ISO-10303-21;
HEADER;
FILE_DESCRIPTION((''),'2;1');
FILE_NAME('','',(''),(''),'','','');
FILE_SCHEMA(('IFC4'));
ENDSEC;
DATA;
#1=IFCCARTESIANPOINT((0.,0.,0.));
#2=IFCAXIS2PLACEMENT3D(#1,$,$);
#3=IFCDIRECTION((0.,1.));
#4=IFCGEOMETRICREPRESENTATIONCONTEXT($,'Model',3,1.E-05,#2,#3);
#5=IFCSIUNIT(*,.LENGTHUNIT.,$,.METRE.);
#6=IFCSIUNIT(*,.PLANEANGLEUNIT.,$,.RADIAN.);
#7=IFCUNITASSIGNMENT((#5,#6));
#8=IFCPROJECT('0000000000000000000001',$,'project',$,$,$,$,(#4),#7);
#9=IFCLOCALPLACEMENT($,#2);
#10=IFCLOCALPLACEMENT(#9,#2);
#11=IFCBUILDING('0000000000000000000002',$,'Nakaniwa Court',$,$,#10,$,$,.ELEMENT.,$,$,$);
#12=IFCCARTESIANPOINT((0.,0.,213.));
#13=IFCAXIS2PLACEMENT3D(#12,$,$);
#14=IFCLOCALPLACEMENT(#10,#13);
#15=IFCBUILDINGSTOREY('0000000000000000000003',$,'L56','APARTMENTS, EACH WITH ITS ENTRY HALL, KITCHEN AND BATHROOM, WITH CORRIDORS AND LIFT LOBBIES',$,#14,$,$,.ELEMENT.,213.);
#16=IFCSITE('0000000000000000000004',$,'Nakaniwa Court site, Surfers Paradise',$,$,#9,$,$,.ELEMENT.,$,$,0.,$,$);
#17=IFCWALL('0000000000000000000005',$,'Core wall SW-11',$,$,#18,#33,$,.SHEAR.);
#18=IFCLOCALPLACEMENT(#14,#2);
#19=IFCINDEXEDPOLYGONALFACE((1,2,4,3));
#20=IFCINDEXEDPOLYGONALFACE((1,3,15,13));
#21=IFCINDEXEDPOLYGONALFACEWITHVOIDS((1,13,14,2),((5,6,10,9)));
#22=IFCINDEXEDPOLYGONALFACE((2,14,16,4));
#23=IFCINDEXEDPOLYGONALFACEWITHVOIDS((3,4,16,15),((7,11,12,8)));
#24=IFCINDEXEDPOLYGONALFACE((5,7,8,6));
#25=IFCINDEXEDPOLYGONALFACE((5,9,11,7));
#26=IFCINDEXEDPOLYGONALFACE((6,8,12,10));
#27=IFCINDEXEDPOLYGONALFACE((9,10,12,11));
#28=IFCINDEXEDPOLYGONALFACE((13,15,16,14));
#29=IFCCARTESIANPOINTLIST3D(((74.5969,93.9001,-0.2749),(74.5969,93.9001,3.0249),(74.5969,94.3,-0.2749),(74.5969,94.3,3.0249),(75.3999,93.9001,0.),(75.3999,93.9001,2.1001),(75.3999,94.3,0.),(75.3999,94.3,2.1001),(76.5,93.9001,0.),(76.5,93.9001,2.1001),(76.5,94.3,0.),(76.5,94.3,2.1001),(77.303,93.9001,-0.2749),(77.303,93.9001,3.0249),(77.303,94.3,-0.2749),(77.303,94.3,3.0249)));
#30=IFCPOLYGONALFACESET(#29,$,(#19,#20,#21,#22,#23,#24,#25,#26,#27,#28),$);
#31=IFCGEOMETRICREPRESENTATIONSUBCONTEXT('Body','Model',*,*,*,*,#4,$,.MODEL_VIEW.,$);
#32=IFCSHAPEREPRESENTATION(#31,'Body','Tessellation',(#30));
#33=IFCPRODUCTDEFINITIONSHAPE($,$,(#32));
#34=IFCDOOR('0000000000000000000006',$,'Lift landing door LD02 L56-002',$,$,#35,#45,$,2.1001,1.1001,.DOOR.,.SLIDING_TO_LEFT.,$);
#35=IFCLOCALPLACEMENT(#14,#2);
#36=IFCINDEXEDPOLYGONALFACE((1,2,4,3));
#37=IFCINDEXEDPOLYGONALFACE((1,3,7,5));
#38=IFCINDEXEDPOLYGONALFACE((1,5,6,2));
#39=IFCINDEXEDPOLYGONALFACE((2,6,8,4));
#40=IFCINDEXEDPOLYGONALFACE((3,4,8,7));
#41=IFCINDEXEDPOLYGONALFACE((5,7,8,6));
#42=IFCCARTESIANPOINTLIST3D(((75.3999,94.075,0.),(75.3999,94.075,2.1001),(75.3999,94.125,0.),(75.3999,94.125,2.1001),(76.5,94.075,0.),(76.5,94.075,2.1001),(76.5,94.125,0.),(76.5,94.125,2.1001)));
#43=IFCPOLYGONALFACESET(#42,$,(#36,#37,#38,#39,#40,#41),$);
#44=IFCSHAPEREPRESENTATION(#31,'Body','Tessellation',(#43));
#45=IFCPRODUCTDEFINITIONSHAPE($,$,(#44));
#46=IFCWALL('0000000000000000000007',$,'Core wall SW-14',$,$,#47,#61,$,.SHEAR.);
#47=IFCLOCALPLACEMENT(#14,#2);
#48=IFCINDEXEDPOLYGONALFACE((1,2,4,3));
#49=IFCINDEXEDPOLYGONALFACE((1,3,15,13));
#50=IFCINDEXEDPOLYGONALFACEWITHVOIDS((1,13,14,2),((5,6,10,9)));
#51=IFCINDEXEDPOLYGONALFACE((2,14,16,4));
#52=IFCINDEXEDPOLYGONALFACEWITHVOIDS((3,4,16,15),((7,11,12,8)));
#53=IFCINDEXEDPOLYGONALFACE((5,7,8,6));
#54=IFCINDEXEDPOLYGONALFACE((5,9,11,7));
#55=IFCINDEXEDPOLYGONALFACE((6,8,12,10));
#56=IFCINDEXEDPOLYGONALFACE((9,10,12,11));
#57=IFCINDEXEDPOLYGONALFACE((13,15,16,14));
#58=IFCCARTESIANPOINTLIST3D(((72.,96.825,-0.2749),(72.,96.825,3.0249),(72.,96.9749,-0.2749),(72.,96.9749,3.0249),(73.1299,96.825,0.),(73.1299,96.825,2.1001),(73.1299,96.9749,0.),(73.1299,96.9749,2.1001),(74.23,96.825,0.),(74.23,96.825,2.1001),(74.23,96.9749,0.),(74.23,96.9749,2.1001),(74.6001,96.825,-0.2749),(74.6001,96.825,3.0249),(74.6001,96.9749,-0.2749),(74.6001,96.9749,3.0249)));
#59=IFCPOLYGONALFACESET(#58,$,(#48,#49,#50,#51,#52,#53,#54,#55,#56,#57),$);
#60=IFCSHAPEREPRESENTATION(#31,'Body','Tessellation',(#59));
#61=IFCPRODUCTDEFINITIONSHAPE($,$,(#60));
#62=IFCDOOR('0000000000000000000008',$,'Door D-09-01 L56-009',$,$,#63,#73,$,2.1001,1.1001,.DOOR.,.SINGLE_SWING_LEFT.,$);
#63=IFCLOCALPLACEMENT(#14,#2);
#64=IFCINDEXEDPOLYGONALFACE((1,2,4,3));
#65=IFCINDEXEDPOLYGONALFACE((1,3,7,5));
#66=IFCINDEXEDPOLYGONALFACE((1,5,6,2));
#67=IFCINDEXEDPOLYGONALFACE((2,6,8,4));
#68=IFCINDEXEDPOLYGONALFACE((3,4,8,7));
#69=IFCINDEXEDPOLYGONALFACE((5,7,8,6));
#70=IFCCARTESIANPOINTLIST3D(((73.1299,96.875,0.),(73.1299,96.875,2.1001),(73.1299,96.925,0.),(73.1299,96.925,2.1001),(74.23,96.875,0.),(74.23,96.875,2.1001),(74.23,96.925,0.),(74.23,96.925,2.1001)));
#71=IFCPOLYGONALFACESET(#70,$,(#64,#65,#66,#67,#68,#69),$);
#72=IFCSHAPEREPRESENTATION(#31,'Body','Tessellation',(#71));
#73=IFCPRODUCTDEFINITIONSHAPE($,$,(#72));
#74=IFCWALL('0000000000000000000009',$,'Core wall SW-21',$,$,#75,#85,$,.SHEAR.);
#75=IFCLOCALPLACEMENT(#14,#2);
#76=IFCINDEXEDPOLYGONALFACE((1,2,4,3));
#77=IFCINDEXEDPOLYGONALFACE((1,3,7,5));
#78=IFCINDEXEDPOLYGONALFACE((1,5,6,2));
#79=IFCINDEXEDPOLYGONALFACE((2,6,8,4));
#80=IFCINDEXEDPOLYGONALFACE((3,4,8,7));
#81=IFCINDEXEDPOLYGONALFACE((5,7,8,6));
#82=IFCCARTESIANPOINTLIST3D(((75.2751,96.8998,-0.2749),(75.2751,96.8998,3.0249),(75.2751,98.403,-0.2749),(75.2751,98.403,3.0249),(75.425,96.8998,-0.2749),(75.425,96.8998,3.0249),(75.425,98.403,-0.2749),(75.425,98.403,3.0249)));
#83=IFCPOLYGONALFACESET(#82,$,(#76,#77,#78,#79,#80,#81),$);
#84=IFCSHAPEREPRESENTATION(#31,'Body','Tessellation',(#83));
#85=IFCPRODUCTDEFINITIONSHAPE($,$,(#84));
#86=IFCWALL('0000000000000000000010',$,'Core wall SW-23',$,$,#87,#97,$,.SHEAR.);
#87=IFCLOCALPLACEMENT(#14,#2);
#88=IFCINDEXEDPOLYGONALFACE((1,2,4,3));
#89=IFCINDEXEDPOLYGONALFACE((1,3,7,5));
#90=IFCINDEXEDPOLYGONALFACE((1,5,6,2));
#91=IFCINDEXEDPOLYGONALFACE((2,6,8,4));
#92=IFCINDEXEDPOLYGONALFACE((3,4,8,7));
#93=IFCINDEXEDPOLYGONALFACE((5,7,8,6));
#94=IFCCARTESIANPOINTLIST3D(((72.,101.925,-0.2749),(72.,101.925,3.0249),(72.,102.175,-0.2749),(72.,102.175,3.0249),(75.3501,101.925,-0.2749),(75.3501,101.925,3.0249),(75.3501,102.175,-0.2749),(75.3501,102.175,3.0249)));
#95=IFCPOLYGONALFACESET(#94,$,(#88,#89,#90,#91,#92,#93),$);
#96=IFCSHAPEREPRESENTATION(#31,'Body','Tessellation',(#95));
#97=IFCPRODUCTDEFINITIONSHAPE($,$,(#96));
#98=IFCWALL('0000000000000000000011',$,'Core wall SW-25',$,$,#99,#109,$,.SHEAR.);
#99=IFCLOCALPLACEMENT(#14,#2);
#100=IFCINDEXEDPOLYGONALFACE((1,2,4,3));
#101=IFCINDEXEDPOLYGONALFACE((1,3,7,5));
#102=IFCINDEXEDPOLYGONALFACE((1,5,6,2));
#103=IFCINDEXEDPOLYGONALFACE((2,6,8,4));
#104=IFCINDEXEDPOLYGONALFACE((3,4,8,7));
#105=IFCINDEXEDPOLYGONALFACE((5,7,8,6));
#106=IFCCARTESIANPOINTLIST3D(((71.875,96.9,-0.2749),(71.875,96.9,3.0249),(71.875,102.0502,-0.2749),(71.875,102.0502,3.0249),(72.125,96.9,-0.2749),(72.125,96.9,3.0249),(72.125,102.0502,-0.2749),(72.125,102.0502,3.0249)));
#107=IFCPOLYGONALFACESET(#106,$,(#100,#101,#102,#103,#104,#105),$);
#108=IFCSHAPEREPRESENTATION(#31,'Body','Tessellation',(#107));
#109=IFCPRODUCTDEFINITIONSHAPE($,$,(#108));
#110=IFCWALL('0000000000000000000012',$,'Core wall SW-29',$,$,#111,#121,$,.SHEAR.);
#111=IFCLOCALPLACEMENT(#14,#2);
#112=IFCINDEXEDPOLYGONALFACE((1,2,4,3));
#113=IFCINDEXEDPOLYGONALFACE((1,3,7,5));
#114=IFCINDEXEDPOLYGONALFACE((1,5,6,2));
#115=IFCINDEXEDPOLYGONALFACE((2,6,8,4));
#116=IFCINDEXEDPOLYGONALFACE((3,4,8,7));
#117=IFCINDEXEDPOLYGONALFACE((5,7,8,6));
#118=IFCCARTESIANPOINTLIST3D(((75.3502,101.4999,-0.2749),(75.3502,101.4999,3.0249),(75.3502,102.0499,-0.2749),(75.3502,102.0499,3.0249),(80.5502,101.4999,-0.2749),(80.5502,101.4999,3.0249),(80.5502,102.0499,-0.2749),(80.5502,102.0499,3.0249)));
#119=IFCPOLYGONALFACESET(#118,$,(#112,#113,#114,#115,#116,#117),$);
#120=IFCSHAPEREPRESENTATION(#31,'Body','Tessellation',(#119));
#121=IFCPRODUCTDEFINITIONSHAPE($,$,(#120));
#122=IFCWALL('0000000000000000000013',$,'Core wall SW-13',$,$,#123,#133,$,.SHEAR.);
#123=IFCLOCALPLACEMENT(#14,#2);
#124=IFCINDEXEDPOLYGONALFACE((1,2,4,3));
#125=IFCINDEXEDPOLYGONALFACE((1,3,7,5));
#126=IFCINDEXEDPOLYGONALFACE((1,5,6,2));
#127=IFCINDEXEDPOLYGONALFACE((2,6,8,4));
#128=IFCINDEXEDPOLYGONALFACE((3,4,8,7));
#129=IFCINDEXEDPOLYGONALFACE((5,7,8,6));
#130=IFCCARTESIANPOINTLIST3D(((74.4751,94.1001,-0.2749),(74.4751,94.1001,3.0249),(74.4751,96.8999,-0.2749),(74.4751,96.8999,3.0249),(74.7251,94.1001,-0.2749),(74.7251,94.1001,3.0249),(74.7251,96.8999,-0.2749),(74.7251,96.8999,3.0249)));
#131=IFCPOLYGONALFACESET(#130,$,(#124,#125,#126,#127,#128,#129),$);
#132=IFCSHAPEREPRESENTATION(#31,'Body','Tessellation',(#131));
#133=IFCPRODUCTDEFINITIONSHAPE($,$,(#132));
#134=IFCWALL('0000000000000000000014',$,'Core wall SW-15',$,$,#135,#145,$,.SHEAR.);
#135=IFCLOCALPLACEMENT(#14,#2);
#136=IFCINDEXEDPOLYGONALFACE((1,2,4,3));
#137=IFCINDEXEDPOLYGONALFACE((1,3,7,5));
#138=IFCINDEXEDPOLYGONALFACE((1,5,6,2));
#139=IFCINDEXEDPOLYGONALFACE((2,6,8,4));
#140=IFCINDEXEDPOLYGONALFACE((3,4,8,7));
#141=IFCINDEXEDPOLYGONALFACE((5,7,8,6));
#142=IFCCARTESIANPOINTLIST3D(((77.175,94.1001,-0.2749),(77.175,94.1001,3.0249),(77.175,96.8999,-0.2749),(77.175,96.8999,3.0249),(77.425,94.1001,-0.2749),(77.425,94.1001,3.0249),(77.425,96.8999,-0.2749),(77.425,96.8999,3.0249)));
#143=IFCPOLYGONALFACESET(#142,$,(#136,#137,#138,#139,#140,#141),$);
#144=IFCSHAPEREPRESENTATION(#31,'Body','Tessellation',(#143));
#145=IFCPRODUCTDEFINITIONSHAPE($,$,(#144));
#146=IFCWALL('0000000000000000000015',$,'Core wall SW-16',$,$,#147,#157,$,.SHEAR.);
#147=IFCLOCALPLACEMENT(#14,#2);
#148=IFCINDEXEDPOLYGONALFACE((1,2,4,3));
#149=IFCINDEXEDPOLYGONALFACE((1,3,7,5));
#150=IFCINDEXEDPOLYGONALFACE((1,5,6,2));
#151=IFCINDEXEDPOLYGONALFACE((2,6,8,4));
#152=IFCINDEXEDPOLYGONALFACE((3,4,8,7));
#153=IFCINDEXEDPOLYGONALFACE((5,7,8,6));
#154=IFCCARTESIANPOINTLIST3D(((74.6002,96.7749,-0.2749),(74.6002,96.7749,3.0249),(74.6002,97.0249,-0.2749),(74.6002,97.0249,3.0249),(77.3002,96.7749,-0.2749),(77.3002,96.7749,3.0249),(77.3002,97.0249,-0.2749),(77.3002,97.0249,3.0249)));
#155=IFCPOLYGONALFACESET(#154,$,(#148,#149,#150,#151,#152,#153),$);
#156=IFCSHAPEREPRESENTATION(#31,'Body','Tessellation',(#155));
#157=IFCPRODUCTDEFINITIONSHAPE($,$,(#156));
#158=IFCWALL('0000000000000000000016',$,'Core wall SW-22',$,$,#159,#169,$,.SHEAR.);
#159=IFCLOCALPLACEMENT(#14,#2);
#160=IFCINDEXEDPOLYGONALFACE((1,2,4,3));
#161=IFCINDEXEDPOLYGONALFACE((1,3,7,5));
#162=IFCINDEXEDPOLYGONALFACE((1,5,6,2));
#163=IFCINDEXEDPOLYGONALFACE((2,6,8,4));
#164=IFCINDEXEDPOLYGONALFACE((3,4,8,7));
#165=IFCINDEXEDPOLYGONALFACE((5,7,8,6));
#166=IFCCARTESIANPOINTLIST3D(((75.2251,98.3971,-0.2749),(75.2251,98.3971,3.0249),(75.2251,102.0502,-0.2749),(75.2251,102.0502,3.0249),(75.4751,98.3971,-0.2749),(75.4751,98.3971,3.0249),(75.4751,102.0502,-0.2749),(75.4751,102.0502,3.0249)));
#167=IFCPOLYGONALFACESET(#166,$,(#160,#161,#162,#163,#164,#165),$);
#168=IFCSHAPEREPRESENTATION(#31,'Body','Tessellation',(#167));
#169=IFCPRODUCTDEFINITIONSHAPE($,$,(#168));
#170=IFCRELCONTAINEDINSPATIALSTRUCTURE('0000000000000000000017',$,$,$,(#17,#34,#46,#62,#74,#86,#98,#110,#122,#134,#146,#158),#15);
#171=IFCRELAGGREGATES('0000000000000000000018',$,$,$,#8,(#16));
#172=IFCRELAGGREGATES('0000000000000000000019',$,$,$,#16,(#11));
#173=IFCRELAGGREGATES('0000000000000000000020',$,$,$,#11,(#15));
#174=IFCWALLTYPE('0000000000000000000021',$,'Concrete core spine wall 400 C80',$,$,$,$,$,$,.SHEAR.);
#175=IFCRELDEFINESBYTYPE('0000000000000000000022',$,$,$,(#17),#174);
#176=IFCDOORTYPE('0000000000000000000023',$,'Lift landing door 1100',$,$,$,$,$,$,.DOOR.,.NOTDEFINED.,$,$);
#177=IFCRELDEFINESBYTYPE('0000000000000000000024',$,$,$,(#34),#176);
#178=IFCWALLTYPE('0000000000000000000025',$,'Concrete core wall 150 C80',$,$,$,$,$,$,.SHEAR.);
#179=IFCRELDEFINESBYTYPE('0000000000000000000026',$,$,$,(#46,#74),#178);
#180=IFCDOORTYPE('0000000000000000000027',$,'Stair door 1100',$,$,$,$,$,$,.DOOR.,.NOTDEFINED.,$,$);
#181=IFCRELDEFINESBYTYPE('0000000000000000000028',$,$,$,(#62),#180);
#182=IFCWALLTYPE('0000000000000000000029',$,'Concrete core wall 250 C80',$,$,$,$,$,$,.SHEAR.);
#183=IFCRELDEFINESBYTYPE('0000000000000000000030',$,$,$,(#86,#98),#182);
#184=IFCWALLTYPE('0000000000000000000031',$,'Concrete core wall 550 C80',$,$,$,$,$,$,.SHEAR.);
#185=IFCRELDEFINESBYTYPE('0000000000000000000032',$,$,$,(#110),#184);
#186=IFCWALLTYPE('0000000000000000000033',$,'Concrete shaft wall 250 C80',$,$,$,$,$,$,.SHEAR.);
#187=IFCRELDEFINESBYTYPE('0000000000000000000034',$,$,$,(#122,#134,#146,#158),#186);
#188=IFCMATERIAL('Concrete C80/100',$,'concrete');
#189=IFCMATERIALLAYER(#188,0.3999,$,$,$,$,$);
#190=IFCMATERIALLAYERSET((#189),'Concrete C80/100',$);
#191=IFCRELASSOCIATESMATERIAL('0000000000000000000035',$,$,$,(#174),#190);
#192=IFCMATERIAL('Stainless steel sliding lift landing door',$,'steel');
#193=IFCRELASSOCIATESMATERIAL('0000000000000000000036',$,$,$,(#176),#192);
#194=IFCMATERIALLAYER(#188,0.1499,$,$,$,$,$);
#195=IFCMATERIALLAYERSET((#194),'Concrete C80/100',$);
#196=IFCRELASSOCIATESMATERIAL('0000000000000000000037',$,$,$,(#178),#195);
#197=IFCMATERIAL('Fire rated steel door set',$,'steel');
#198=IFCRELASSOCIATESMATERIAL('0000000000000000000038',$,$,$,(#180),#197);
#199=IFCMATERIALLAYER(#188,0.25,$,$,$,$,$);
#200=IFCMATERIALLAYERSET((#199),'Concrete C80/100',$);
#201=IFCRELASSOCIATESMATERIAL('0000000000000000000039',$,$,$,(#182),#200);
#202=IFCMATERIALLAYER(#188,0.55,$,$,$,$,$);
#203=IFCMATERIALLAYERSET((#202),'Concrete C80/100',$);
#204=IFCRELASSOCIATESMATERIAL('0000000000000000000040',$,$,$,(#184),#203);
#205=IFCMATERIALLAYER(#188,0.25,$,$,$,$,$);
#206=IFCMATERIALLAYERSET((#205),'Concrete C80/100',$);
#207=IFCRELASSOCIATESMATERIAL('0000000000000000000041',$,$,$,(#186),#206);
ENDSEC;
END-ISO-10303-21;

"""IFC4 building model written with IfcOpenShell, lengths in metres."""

from ifc_helpers import new_model, si_unit, direction, frame, frame_2d, origin, place, context, subcontext, project, spatial, rectangle, extrude, material, layer, layer_set, type_object, element, fill, save


model = new_model("IFC4")

# Units and contexts
model_context = context("Model", 3, precision=1e-05, world=origin(), true_north=direction((0.0, 1.0)))
body_context = subcontext(model_context, "Body", "Model", "MODEL_VIEW")
ifc_project = project(units=[si_unit("LENGTHUNIT", "METRE"), si_unit("PLANEANGLEUNIT", "RADIAN")], contexts=[model_context])

# Site, building, storey
site_placement = place(None, origin())
site = spatial("IfcSite", under=ifc_project, at=site_placement, Name="Nakaniwa Court site, Surfers Paradise", CompositionType="ELEMENT", RefElevation=0.0)
building_placement = place(site_placement, origin())
building = spatial("IfcBuilding", under=site, at=building_placement, Name="Nakaniwa Court", CompositionType="ELEMENT")
storey_placement = place(building_placement, frame((0.0, 0.0, 213.0)))
storey = spatial("IfcBuildingStorey", under=building, at=storey_placement, Name="L56", Description="APARTMENTS, EACH WITH ITS ENTRY HALL, KITCHEN AND BATHROOM, WITH CORRIDORS AND LIFT LOBBIES", CompositionType="ELEMENT", Elevation=213.0)

# Shared definitions
ifc_material_1 = material(Name="Fire rated steel door set", Category="steel")

# Walls, openings, doors
ifc_material_2 = material(Name="Concrete C80/100", Category="concrete")
ifc_layer_1 = layer(ifc_material_2, 0.3999)
ifc_layer_set_1 = layer_set([ifc_layer_1], Name="Concrete C80/100")
wall_type_1 = type_object("IfcWallType", Name="Concrete core spine wall 400 C80", PredefinedType="SHEAR", material=ifc_layer_set_1)
wall_1_placement = place(storey_placement, frame((74.5969, 94.1001, -0.2749), z_axis=(0.0, 0.0, 1.0), x_axis=(1.0, 0.0, 0.0)))
wall_1 = element("IfcWall", 1, at=wall_1_placement, inside=storey, type_object=wall_type_1, Name="Core wall SW-11", PredefinedType="SHEAR", context=body_context, shape_type="SweptSolid", body=[
    extrude(rectangle(XDim=2.7061, YDim=0.3999, at=frame_2d((1.353, 0.0))), origin(), (0.0, 0.0, 1.0), 3.2998),
])
opening_1_placement = place(wall_1_placement, frame((0.803, 0.0, 0.2749)))
opening_1 = element("IfcOpeningElement", 2, at=opening_1_placement, cuts=wall_1, PredefinedType="OPENING", context=body_context, shape_type="SweptSolid", body=[
    extrude(rectangle(XDim=1.1001, YDim=2.1001, at=frame_2d((0.55, 1.05))), frame((0.0, 0.21, 0.0), z_axis=(0.0, -1.0, 0.0), x_axis=(1.0, 0.0, 0.0)), (0.0, 0.0, 1.0), 0.4199),
])
ifc_material_3 = material(Name="Stainless steel sliding lift landing door", Category="steel")
door_type_1 = type_object("IfcDoorType", Name="Lift landing door 1100", OperationType="NOTDEFINED", PredefinedType="DOOR", material=ifc_material_3)
door_1_placement = place(opening_1_placement, origin())
door_1 = element("IfcDoor", 3, at=door_1_placement, inside=storey, type_object=door_type_1, Name="Lift landing door LD02 L56-002", OperationType="SLIDING_TO_LEFT", OverallHeight=2.1001, OverallWidth=1.1001, PredefinedType="DOOR", context=body_context, shape_type="SweptSolid", body=[
    extrude(rectangle(XDim=1.1001, YDim=2.1001, at=frame_2d((0.55, 1.05))), frame((0.0, 0.0249, 0.0), z_axis=(0.0, -1.0, 0.0), x_axis=(1.0, 0.0, 0.0)), (0.0, 0.0, 1.0), 0.05),
])
fill(opening_1, door_1)
ifc_layer_2 = layer(ifc_material_2, 0.1499)
ifc_layer_set_2 = layer_set([ifc_layer_2], Name="Concrete C80/100")
wall_type_2 = type_object("IfcWallType", Name="Concrete core wall 150 C80", PredefinedType="SHEAR", material=ifc_layer_set_2)
wall_2_placement = place(storey_placement, frame((74.6001, 96.8999, -0.2749), z_axis=(0.0, 0.0, 1.0), x_axis=(-1.0, 0.0, 0.0)))
wall_2 = element("IfcWall", 4, at=wall_2_placement, inside=storey, type_object=wall_type_2, Name="Core wall SW-14", PredefinedType="SHEAR", context=body_context, shape_type="SweptSolid", body=[
    extrude(rectangle(XDim=2.6001, YDim=0.1499, at=frame_2d((1.3, 0.0))), origin(), (0.0, 0.0, 1.0), 3.2998),
])
opening_2_placement = place(wall_2_placement, frame((0.3701, 0.0, 0.2749)))
opening_2 = element("IfcOpeningElement", 5, at=opening_2_placement, cuts=wall_2, PredefinedType="OPENING", context=body_context, shape_type="SweptSolid", body=[
    extrude(rectangle(XDim=1.1001, YDim=2.1001, at=frame_2d((0.55, 1.05))), frame((0.0, 0.085, 0.0), z_axis=(0.0, -1.0, 0.0), x_axis=(1.0, 0.0, 0.0)), (0.0, 0.0, 1.0), 0.1699),
])
door_type_2 = type_object("IfcDoorType", Name="Stair door 1100", OperationType="NOTDEFINED", PredefinedType="DOOR", material=ifc_material_1)
door_2_placement = place(opening_2_placement, origin())
door_2 = element("IfcDoor", 6, at=door_2_placement, inside=storey, type_object=door_type_2, Name="Door D-09-01 L56-009", OperationType="SINGLE_SWING_LEFT", OverallHeight=2.1001, OverallWidth=1.1001, PredefinedType="DOOR", context=body_context, shape_type="SweptSolid", body=[
    extrude(rectangle(XDim=1.1001, YDim=2.1001, at=frame_2d((0.55, 1.05))), frame((0.0, 0.0249, 0.0), z_axis=(0.0, -1.0, 0.0), x_axis=(1.0, 0.0, 0.0)), (0.0, 0.0, 1.0), 0.05),
])
fill(opening_2, door_2)

# Walls
wall_3_placement = place(storey_placement, frame((75.3501, 96.8999, -0.2749), z_axis=(0.0, 0.0, 1.0), x_axis=(0.0, 1.0, 0.0)))
element("IfcWall", 7, at=wall_3_placement, inside=storey, type_object=wall_type_2, Name="Core wall SW-21", PredefinedType="SHEAR", context=body_context, shape_type="SweptSolid", body=[
    extrude(rectangle(XDim=1.5032, YDim=0.1499, at=frame_2d((0.7515, 0.0))), origin(), (0.0, 0.0, 1.0), 3.2998),
])
ifc_layer_3 = layer(ifc_material_2, 0.25)
ifc_layer_set_3 = layer_set([ifc_layer_3], Name="Concrete C80/100")
wall_type_3 = type_object("IfcWallType", Name="Concrete core wall 250 C80", PredefinedType="SHEAR", material=ifc_layer_set_3)
wall_4_placement = place(storey_placement, frame((72.0, 102.05, -0.2749), z_axis=(0.0, 0.0, 1.0), x_axis=(1.0, 0.0, 0.0)))
element("IfcWall", 8, at=wall_4_placement, inside=storey, type_object=wall_type_3, Name="Core wall SW-23", PredefinedType="SHEAR", context=body_context, shape_type="SweptSolid", body=[
    extrude(rectangle(XDim=3.3501, YDim=0.25, at=frame_2d((1.675, 0.0))), origin(), (0.0, 0.0, 1.0), 3.2998),
])
wall_5_placement = place(storey_placement, frame((72.0, 96.8999, -0.2749), z_axis=(0.0, 0.0, 1.0), x_axis=(0.0, 1.0, 0.0)))
element("IfcWall", 9, at=wall_5_placement, inside=storey, type_object=wall_type_3, Name="Core wall SW-25", PredefinedType="SHEAR", context=body_context, shape_type="SweptSolid", body=[
    extrude(rectangle(XDim=5.1501, YDim=0.25, at=frame_2d((2.5752, 0.0))), origin(), (0.0, 0.0, 1.0), 3.2998),
])
ifc_layer_4 = layer(ifc_material_2, 0.55)
ifc_layer_set_4 = layer_set([ifc_layer_4], Name="Concrete C80/100")
wall_type_4 = type_object("IfcWallType", Name="Concrete core wall 550 C80", PredefinedType="SHEAR", material=ifc_layer_set_4)
wall_6_placement = place(storey_placement, frame((75.3501, 101.7749, -0.2749), z_axis=(0.0, 0.0, 1.0), x_axis=(1.0, 0.0, 0.0)))
element("IfcWall", 10, at=wall_6_placement, inside=storey, type_object=wall_type_4, Name="Core wall SW-29", PredefinedType="SHEAR", context=body_context, shape_type="SweptSolid", body=[
    extrude(rectangle(XDim=5.2, YDim=0.55, at=frame_2d((2.6001, 0.0))), origin(), (0.0, 0.0, 1.0), 3.2998),
])
ifc_layer_5 = layer(ifc_material_2, 0.25)
ifc_layer_set_5 = layer_set([ifc_layer_5], Name="Concrete C80/100")
wall_type_5 = type_object("IfcWallType", Name="Concrete shaft wall 250 C80", PredefinedType="SHEAR", material=ifc_layer_set_5)
for number, where, z_axis, x_axis, name in (
    (11, (74.6001, 94.1001, -0.2749), (0.0, 0.0, 1.0), (0.0, 1.0, 0.0), "Core wall SW-13"),
    (12, (77.3, 94.1001, -0.2749), (0.0, 0.0, 1.0), (0.0, 1.0, 0.0), "Core wall SW-15"),
):
    element("IfcWall", number, at=place(storey_placement, frame(where, z_axis=z_axis, x_axis=x_axis)), inside=storey, type_object=wall_type_5, Name=name, PredefinedType="SHEAR", context=body_context, shape_type="SweptSolid", body=[
        extrude(rectangle(XDim=2.7998, YDim=0.25, at=frame_2d((1.3999, 0.0))), origin(), (0.0, 0.0, 1.0), 3.2998),
    ])
wall_7_placement = place(storey_placement, frame((74.6001, 96.8999, -0.2749), z_axis=(0.0, 0.0, 1.0), x_axis=(1.0, 0.0, 0.0)))
element("IfcWall", 13, at=wall_7_placement, inside=storey, type_object=wall_type_5, Name="Core wall SW-16", PredefinedType="SHEAR", context=body_context, shape_type="SweptSolid", body=[
    extrude(rectangle(XDim=2.7, YDim=0.25, at=frame_2d((1.3501, 0.0))), origin(), (0.0, 0.0, 1.0), 3.2998),
])
wall_8_placement = place(storey_placement, frame((75.3501, 98.397, -0.2749), z_axis=(0.0, 0.0, 1.0), x_axis=(0.0, 1.0, 0.0)))
element("IfcWall", 14, at=wall_8_placement, inside=storey, type_object=wall_type_5, Name="Core wall SW-22", PredefinedType="SHEAR", context=body_context, shape_type="SweptSolid", body=[
    extrude(rectangle(XDim=3.6531, YDim=0.25, at=frame_2d((1.8267, 0.0))), origin(), (0.0, 0.0, 1.0), 3.2998),
])

save(model, "model.ifc")
